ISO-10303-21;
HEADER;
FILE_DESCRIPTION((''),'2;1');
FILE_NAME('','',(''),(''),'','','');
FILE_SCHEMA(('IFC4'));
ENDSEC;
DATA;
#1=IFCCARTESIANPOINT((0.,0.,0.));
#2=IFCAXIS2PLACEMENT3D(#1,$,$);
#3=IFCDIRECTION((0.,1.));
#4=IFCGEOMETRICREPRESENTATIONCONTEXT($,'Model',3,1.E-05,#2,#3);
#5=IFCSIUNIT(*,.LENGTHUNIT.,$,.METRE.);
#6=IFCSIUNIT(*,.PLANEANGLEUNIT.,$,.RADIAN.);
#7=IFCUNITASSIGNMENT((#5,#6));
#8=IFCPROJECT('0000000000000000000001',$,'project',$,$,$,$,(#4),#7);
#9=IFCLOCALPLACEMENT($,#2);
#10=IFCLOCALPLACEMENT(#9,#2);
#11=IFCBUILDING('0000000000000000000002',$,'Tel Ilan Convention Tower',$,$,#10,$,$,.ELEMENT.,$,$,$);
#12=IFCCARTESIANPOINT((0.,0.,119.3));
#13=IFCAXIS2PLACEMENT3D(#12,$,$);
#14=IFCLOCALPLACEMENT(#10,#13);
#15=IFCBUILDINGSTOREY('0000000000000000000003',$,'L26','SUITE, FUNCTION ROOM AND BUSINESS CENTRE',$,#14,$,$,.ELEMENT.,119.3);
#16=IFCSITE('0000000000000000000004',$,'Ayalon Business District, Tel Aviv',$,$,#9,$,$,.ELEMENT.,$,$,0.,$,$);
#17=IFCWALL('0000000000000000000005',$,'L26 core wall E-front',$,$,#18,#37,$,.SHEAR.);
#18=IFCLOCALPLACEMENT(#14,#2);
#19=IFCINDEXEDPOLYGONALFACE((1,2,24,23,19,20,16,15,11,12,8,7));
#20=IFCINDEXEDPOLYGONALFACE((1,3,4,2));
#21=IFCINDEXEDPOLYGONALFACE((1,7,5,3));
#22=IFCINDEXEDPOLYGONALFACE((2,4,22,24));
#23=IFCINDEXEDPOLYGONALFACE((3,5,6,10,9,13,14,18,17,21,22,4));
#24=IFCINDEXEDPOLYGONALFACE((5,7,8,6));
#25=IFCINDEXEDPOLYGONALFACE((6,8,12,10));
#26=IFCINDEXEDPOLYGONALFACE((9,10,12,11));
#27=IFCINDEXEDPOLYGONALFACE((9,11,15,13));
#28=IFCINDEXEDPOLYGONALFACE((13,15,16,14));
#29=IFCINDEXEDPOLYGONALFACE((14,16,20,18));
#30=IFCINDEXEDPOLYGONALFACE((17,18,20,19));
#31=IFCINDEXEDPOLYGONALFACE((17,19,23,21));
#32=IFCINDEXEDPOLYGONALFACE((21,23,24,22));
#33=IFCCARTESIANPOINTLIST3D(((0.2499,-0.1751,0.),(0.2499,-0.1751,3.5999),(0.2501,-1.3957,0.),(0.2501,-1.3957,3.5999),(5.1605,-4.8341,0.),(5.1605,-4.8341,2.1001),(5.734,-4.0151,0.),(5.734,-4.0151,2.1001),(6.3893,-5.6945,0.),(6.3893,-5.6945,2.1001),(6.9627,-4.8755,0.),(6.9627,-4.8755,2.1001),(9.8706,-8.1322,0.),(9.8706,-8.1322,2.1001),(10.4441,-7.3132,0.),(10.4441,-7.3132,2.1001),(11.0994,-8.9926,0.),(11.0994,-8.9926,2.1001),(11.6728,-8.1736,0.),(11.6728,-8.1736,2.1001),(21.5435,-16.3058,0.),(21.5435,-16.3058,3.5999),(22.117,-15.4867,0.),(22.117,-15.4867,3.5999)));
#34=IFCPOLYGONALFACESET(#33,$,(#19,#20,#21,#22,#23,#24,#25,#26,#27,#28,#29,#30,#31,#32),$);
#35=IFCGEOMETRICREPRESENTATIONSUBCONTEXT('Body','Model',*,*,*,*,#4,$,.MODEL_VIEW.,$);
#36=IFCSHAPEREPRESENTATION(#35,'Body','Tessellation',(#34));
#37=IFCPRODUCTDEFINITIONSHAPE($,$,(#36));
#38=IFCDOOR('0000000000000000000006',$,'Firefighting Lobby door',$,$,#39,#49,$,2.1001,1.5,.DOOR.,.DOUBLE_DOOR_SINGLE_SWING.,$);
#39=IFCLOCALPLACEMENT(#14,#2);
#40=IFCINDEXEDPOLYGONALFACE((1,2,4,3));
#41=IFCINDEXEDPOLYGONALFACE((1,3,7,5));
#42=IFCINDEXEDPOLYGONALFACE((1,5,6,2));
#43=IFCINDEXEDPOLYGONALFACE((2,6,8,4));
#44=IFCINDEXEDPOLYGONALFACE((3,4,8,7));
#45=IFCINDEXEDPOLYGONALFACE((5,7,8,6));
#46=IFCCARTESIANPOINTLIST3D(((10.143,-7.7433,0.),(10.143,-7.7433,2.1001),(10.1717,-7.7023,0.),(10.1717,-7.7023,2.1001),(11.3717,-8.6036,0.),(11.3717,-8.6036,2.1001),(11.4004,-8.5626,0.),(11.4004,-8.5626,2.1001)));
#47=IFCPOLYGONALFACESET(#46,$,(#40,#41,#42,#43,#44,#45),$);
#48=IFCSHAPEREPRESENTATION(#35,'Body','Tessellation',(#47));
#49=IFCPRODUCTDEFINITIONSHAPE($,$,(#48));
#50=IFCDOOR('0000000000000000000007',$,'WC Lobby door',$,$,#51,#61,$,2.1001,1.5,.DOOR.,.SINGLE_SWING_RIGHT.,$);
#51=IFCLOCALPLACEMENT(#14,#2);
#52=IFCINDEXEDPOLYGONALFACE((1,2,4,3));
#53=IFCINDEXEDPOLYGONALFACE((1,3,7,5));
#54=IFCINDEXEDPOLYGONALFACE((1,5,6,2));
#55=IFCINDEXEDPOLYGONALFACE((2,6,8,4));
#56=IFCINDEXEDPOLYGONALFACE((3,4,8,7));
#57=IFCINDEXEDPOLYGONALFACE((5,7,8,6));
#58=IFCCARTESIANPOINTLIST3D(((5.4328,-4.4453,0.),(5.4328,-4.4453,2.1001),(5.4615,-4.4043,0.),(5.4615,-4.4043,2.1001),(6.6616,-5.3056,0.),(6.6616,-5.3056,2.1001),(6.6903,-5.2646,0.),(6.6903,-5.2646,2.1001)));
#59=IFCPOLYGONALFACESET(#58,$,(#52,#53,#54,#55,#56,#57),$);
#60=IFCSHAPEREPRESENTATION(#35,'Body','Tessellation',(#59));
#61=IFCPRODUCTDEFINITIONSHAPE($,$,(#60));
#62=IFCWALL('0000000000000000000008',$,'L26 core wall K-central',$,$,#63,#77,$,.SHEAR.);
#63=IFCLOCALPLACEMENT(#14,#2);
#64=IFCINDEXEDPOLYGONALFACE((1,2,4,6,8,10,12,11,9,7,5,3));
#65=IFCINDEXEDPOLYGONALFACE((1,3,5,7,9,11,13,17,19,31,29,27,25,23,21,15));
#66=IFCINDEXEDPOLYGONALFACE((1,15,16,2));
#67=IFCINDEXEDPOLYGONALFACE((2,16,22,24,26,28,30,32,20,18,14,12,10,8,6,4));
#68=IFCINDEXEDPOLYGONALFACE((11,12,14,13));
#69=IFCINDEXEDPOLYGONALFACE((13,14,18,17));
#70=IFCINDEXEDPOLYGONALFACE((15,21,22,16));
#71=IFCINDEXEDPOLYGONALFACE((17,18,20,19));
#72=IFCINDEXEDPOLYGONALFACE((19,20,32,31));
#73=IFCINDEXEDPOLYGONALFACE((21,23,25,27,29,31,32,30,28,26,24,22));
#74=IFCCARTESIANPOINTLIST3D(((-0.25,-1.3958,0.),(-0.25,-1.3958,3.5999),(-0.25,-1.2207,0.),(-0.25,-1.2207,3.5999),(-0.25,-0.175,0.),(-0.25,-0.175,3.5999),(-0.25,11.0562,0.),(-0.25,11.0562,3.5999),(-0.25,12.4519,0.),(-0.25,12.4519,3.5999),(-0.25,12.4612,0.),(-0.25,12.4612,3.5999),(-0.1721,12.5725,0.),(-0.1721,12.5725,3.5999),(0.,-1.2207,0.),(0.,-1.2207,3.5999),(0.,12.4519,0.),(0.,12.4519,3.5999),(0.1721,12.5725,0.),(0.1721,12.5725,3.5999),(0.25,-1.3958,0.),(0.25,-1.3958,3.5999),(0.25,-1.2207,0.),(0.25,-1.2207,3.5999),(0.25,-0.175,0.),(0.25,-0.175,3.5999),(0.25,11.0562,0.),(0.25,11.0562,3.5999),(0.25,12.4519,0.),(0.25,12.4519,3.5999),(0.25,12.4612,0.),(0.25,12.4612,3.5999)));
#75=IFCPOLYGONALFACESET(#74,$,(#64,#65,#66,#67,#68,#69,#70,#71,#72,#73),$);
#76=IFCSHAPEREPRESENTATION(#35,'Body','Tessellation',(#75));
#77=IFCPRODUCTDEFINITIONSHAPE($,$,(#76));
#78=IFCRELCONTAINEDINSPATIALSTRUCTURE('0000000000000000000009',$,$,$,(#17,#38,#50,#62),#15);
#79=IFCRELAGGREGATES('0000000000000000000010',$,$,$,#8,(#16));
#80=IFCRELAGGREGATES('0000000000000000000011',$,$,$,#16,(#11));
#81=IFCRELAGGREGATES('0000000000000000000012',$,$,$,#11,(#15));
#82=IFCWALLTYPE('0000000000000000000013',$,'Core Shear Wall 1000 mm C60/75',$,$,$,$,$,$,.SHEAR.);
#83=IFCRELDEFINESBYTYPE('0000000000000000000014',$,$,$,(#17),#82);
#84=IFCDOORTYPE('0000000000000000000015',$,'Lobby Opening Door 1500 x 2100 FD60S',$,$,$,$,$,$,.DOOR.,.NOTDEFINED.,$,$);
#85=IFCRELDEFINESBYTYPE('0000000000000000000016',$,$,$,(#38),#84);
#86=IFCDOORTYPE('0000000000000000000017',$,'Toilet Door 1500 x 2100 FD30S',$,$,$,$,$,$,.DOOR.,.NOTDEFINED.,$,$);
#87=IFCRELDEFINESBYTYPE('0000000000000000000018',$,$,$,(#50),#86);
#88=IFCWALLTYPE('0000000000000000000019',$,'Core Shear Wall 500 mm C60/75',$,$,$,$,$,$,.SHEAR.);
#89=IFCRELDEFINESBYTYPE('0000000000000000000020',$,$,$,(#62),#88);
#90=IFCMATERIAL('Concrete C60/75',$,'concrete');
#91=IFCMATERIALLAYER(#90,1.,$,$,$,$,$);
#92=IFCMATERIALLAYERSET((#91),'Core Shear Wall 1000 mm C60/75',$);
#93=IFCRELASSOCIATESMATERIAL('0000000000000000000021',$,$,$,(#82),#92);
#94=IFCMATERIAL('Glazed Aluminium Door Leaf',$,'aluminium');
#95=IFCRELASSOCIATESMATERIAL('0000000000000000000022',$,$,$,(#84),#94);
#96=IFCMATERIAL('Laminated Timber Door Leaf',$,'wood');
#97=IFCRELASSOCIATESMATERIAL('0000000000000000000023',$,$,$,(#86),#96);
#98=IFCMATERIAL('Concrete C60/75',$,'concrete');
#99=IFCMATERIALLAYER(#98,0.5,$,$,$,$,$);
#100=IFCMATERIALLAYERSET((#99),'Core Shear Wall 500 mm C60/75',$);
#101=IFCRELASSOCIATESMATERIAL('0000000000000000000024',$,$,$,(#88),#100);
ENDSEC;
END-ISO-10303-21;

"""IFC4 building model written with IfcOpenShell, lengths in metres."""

from ifc_helpers import new_model, si_unit, direction, frame, frame_2d, origin, place, context, subcontext, project, spatial, polyline, rectangle, outline, extrude, material, layer, layer_set, type_object, element, fill, save


model = new_model("IFC4")

# Units and contexts
model_context = context("Model", 3, precision=1e-05, world=origin(), true_north=direction((0.0, 1.0)))
body_context = subcontext(model_context, "Body", "Model", "MODEL_VIEW")
ifc_project = project(units=[si_unit("LENGTHUNIT", "METRE"), si_unit("PLANEANGLEUNIT", "RADIAN")], contexts=[model_context])

# Site, building, storey
site_placement = place(None, origin())
site = spatial("IfcSite", under=ifc_project, at=site_placement, Name="Ayalon Business District, Tel Aviv", CompositionType="ELEMENT", RefElevation=0.0)
building_placement = place(site_placement, origin())
building = spatial("IfcBuilding", under=site, at=building_placement, Name="Tel Ilan Convention Tower", CompositionType="ELEMENT")
storey_placement = place(building_placement, frame((0.0, 0.0, 119.3)))
storey = spatial("IfcBuildingStorey", under=building, at=storey_placement, Name="L26", Description="SUITE, FUNCTION ROOM AND BUSINESS CENTRE", CompositionType="ELEMENT", Elevation=119.3)

# Wall, openings, doors
ifc_material_1 = material(Name="Concrete C60/75", Category="concrete")
ifc_layer_1 = layer(ifc_material_1, 1.0)
ifc_layer_set_1 = layer_set([ifc_layer_1], Name="Core Shear Wall 1000 mm C60/75")
wall_type_1 = type_object("IfcWallType", Name="Core Shear Wall 1000 mm C60/75", PredefinedType="SHEAR", material=ifc_layer_set_1)
wall_1_placement = place(storey_placement, frame((-0.0369, -0.5847, 0.0), z_axis=(0.0, 0.0, 1.0), x_axis=(0.819157, -0.573569, 0.0)))
wall_1 = element("IfcWall", 1, at=wall_1_placement, inside=storey, type_object=wall_type_1, Name="L26 core wall E-front", PredefinedType="SHEAR", context=body_context, shape_type="SweptSolid", body=[
    extrude(outline(polyline([(26.6948, 0.4998), (0.0, 0.5), (0.7002, -0.4998), (26.6948, -0.5002), (26.6948, 0.4998)])), origin(), (0.0, 0.0, 1.0), 3.5999),
])
opening_1_placement = place(wall_1_placement, frame((6.6948, 0.0, 0.0)))
opening_1 = element("IfcOpeningElement", 2, at=opening_1_placement, cuts=wall_1, PredefinedType="OPENING", context=body_context, shape_type="SweptSolid", body=[
    extrude(rectangle(XDim=1.5, YDim=2.1001, at=frame_2d((0.75, 1.05))), frame((0.0, 0.51, 0.0), z_axis=(0.0, -1.0, 0.0), x_axis=(1.0, 0.0, 0.0)), (0.0, 0.0, 1.0), 1.02),
])
opening_2_placement = place(wall_1_placement, frame((12.4448, 0.0, 0.0)))
opening_2 = element("IfcOpeningElement", 3, at=opening_2_placement, cuts=wall_1, PredefinedType="OPENING", context=body_context, shape_type="SweptSolid", body=[
    extrude(rectangle(XDim=1.5, YDim=2.1001, at=frame_2d((0.75, 1.05))), frame((0.0, 0.51, 0.0), z_axis=(0.0, -1.0, 0.0), x_axis=(1.0, 0.0, 0.0)), (0.0, 0.0, 1.0), 1.02),
])
ifc_material_2 = material(Name="Glazed Aluminium Door Leaf", Category="aluminium")
door_type_1 = type_object("IfcDoorType", Name="Lobby Opening Door 1500 x 2100 FD60S", OperationType="NOTDEFINED", PredefinedType="DOOR", material=ifc_material_2)
door_1_placement = place(opening_2_placement, origin())
door_1 = element("IfcDoor", 4, at=door_1_placement, inside=storey, type_object=door_type_1, Name="Firefighting Lobby door", OperationType="DOUBLE_DOOR_SINGLE_SWING", OverallHeight=2.1001, OverallWidth=1.5, PredefinedType="DOOR", context=body_context, shape_type="SweptSolid", body=[
    extrude(rectangle(XDim=1.5, YDim=2.1001, at=frame_2d((0.75, 1.05))), frame((0.0, 0.0249, 0.0), z_axis=(0.0, -1.0, 0.0), x_axis=(1.0, 0.0, 0.0)), (0.0, 0.0, 1.0), 0.05),
])
fill(opening_2, door_1)
ifc_material_3 = material(Name="Laminated Timber Door Leaf", Category="wood")
door_type_2 = type_object("IfcDoorType", Name="Toilet Door 1500 x 2100 FD30S", OperationType="NOTDEFINED", PredefinedType="DOOR", material=ifc_material_3)
door_2_placement = place(opening_1_placement, origin())
door_2 = element("IfcDoor", 5, at=door_2_placement, inside=storey, type_object=door_type_2, Name="WC Lobby door", OperationType="SINGLE_SWING_RIGHT", OverallHeight=2.1001, OverallWidth=1.5, PredefinedType="DOOR", context=body_context, shape_type="SweptSolid", body=[
    extrude(rectangle(XDim=1.5, YDim=2.1001, at=frame_2d((0.75, 1.05))), frame((0.0, 0.0249, 0.0), z_axis=(0.0, -1.0, 0.0), x_axis=(1.0, 0.0, 0.0)), (0.0, 0.0, 1.0), 0.05),
])
fill(opening_1, door_2)

# Wall
ifc_material_4 = material(Name="Concrete C60/75", Category="concrete")
ifc_layer_2 = layer(ifc_material_4, 0.5)
ifc_layer_set_2 = layer_set([ifc_layer_2], Name="Core Shear Wall 500 mm C60/75")
wall_type_2 = type_object("IfcWallType", Name="Core Shear Wall 500 mm C60/75", PredefinedType="SHEAR", material=ifc_layer_set_2)
wall_2_placement = place(storey_placement, frame((0.0, -1.3958, 0.0), z_axis=(0.0, 0.0, 1.0), x_axis=(0.0, 1.0, 0.0)))
element("IfcWall", 6, at=wall_2_placement, inside=storey, type_object=wall_type_2, Name="L26 core wall K-central", PredefinedType="SHEAR", context=body_context, shape_type="SweptSolid", body=[
    extrude(outline(polyline([(0.0, -0.25), (0.175, -0.25), (1.2207, -0.25), (12.4519, -0.25), (13.8477, -0.25), (13.8569, -0.25), (13.9683, -0.1721), (13.8477, 0.0), (13.9683, 0.1721), (13.8569, 0.25), (13.8477, 0.25), (12.4519, 0.25), (1.2207, 0.25), (0.175, 0.25), (0.0, 0.25), (0.175, 0.0), (0.0, -0.25)])), origin(), (0.0, 0.0, 1.0), 3.5999),
])

save(model, "model.ifc")
